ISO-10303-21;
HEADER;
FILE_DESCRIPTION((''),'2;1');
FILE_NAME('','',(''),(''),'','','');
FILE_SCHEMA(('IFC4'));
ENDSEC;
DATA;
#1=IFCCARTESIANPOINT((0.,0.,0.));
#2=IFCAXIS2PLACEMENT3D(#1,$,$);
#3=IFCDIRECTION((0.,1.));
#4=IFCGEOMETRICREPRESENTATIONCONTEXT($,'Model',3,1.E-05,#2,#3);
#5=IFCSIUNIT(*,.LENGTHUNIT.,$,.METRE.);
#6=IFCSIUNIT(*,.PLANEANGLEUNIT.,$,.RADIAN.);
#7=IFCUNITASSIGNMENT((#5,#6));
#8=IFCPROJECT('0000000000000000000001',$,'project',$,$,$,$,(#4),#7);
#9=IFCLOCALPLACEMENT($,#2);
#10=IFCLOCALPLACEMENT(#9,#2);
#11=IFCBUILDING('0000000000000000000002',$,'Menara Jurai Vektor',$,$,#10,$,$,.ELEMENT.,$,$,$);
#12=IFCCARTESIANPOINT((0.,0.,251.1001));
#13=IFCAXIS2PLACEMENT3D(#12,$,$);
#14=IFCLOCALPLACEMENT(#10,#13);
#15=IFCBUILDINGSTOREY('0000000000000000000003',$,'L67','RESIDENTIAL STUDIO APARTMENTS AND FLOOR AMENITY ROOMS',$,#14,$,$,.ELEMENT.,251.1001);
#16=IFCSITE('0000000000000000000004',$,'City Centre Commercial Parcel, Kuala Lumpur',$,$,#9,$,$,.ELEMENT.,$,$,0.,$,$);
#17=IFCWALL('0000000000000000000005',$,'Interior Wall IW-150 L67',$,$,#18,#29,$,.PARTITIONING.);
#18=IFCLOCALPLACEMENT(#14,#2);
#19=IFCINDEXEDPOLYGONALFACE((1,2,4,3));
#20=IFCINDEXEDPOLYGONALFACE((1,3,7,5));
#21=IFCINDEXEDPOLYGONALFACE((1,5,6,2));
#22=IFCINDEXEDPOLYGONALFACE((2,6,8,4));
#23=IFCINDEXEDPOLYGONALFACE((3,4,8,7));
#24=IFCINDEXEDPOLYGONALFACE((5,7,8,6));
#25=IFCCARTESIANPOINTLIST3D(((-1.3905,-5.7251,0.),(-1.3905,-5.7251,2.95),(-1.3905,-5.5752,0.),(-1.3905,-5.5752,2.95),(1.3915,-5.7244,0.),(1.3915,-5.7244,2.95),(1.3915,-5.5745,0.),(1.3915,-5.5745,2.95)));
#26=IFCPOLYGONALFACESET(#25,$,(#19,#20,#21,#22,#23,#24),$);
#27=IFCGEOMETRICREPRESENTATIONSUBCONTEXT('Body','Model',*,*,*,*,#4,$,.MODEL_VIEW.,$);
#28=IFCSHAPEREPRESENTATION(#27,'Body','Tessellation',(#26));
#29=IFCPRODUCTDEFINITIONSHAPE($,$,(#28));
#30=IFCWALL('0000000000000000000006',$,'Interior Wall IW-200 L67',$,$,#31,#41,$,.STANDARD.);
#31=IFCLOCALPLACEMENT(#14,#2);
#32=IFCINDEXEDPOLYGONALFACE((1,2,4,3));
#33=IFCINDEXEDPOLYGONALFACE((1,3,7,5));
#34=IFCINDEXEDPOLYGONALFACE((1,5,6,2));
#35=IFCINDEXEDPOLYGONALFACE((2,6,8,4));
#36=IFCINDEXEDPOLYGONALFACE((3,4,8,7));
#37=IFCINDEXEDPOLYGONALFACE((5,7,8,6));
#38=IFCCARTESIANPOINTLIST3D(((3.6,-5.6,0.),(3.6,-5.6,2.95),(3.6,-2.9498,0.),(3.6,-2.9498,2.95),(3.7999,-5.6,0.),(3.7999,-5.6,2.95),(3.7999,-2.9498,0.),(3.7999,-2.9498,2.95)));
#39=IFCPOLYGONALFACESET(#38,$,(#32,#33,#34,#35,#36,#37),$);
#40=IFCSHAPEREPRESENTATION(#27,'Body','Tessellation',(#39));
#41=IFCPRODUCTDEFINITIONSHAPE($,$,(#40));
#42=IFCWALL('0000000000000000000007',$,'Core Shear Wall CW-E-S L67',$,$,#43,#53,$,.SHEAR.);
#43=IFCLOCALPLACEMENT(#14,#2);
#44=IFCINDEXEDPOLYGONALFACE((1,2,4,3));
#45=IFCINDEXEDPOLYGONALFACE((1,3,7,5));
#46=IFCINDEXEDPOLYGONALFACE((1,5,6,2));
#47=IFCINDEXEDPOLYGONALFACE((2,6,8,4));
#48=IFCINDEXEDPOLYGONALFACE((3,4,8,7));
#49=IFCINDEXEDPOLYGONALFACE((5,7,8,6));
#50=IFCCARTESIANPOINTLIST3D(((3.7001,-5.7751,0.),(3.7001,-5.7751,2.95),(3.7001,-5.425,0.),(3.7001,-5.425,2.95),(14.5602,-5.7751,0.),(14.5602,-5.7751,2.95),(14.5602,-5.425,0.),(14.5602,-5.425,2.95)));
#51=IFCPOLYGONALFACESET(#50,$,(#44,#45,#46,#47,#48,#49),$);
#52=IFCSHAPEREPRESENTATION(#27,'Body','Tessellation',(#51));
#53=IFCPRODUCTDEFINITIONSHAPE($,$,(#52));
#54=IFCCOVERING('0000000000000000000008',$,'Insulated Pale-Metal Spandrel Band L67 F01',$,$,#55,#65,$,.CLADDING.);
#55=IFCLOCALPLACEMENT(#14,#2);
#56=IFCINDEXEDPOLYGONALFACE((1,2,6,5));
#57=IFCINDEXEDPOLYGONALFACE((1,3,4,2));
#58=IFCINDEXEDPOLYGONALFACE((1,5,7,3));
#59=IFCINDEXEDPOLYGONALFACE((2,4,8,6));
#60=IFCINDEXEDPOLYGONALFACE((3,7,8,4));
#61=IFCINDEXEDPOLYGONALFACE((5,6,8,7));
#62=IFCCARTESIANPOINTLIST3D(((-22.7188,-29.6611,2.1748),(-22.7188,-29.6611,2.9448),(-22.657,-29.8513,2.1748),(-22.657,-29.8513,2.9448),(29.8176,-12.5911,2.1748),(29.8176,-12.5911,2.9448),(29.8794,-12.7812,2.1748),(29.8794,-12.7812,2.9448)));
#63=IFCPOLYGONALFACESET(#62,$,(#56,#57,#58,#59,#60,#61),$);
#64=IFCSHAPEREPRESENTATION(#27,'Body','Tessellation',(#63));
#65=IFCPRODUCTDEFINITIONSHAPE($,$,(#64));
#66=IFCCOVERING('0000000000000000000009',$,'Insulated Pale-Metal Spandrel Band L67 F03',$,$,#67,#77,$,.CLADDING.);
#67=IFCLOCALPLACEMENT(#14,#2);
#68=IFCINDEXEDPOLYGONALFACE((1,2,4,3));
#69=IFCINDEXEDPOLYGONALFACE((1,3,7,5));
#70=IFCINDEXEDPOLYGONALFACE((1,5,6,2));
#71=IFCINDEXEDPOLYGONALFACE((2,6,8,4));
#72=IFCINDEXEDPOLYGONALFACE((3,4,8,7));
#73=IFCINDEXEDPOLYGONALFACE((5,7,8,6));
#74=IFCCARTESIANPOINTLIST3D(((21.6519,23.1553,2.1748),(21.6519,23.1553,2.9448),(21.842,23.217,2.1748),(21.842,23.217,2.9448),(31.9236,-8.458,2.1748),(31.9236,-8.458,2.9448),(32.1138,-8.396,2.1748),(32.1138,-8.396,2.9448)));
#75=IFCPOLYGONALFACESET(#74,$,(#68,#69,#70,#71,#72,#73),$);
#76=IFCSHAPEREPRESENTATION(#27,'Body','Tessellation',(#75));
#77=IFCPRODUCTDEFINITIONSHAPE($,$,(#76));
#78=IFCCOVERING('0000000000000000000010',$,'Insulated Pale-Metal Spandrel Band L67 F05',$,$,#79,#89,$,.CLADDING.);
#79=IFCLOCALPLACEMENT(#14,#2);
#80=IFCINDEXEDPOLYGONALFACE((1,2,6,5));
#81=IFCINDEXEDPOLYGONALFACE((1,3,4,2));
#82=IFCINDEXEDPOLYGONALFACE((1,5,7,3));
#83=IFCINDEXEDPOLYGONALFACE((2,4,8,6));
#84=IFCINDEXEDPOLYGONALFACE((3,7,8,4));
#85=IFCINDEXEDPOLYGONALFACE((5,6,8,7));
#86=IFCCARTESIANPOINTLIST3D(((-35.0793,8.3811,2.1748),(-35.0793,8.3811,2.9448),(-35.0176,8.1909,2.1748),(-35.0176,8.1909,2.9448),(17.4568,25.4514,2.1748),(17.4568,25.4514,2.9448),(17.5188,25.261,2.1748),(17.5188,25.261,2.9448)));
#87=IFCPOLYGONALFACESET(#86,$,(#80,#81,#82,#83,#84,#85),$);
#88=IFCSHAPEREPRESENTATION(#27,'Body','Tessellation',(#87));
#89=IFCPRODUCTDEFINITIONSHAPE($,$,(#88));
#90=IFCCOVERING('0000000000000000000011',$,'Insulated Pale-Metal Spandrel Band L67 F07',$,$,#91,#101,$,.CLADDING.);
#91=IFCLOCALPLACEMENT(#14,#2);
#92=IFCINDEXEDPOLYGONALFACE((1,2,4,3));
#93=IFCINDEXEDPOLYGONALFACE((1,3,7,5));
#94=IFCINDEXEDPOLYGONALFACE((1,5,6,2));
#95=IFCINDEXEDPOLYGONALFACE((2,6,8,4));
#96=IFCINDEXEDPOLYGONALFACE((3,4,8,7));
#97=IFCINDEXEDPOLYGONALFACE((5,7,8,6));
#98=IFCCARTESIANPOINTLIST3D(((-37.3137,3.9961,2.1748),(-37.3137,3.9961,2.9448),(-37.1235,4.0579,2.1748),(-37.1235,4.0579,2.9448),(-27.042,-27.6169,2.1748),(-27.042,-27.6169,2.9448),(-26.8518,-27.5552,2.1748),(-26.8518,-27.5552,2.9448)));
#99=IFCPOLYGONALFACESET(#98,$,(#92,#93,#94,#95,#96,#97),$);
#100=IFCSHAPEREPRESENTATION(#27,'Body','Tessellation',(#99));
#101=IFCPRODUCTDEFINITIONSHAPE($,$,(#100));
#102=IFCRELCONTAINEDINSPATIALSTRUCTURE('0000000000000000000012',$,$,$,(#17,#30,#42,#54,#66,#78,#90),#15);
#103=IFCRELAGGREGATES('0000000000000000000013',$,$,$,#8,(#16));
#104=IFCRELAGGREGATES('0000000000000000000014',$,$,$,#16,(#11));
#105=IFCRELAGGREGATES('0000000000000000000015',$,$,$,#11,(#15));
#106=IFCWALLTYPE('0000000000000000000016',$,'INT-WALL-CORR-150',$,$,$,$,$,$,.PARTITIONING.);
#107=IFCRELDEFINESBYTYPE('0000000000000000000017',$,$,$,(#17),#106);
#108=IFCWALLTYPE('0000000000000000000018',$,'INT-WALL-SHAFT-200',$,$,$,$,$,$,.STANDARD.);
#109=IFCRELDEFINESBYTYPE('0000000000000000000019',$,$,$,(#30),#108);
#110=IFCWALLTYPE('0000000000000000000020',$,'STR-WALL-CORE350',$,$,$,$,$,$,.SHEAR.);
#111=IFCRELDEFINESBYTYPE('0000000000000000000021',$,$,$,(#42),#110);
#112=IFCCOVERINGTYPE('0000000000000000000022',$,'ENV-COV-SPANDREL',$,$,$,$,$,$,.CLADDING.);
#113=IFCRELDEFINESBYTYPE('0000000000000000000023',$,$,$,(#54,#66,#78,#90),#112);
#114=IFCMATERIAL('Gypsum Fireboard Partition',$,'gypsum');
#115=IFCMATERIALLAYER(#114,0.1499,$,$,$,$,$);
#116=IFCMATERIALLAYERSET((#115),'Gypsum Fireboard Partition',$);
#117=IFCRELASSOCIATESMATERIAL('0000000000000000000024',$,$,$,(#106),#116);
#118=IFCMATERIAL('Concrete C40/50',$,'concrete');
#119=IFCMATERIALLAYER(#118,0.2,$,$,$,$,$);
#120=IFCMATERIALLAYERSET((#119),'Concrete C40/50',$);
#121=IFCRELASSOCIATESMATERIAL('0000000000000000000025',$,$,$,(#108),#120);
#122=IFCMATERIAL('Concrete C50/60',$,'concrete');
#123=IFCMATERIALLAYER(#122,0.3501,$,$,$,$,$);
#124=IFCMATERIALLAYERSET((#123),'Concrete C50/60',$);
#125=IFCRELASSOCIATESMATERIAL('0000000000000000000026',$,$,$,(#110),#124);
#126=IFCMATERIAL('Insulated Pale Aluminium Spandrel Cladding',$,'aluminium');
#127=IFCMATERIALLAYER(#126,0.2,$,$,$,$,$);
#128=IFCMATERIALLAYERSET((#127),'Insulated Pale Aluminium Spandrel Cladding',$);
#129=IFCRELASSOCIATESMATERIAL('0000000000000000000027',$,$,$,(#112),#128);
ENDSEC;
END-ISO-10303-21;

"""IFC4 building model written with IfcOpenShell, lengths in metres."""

from ifc_helpers import new_model, si_unit, direction, frame, frame_2d, origin, place, context, subcontext, project, spatial, polyline, rectangle, outline, extrude, material, layer, layer_set, type_object, element, save


model = new_model("IFC4")

# Units and contexts
model_context = context("Model", 3, precision=1e-05, world=origin(), true_north=direction((0.0, 1.0)))
body_context = subcontext(model_context, "Body", "Model", "MODEL_VIEW")
ifc_project = project(units=[si_unit("LENGTHUNIT", "METRE"), si_unit("PLANEANGLEUNIT", "RADIAN")], contexts=[model_context])

# Site, building, storey
site_placement = place(None, origin())
site = spatial("IfcSite", under=ifc_project, at=site_placement, Name="City Centre Commercial Parcel, Kuala Lumpur", CompositionType="ELEMENT", RefElevation=0.0)
building_placement = place(site_placement, origin())
building = spatial("IfcBuilding", under=site, at=building_placement, Name="Menara Jurai Vektor", CompositionType="ELEMENT")
storey_placement = place(building_placement, frame((0.0, 0.0, 251.1001)))
storey = spatial("IfcBuildingStorey", under=building, at=storey_placement, Name="L67", Description="RESIDENTIAL STUDIO APARTMENTS AND FLOOR AMENITY ROOMS", CompositionType="ELEMENT", Elevation=251.1001)

# Shared definitions
ifc_material_1 = material(Name="Concrete C50/60", Category="concrete")

# Shared definitions
ifc_material_2 = material(Name="Concrete C40/50", Category="concrete")

# Shared definitions
ifc_material_3 = material(Name="Gypsum Fireboard Partition", Category="gypsum")
ifc_layer_1 = layer(ifc_material_3, 0.1499)
ifc_layer_set_1 = layer_set([ifc_layer_1], Name="Gypsum Fireboard Partition")
wall_type_1 = type_object("IfcWallType", Name="INT-WALL-CORR-150", PredefinedType="PARTITIONING", material=ifc_layer_set_1)

# Walls
wall_1_placement = place(storey_placement, frame((-1.3906, -5.6501, 0.0), z_axis=(0.0, 0.0, 1.0), x_axis=(1.0, 0.000263, 0.0)))
element("IfcWall", 1, at=wall_1_placement, inside=storey, type_object=wall_type_1, Name="Interior Wall IW-150 L67", PredefinedType="PARTITIONING", context=body_context, shape_type="SweptSolid", body=[
    extrude(rectangle(XDim=2.782, YDim=0.1499, at=frame_2d((1.3911, 0.0))), origin(), (0.0, 0.0, 1.0), 2.95),
])
ifc_layer_2 = layer(ifc_material_2, 0.2)
ifc_layer_set_2 = layer_set([ifc_layer_2], Name="Concrete C40/50")
wall_type_2 = type_object("IfcWallType", Name="INT-WALL-SHAFT-200", PredefinedType="STANDARD", material=ifc_layer_set_2)
wall_2_placement = place(storey_placement, frame((3.7, -5.6001, 0.0), z_axis=(0.0, 0.0, 1.0), x_axis=(0.0, 1.0, 0.0)))
element("IfcWall", 2, at=wall_2_placement, inside=storey, type_object=wall_type_2, Name="Interior Wall IW-200 L67", PredefinedType="STANDARD", context=body_context, shape_type="SweptSolid", body=[
    extrude(rectangle(XDim=2.6501, YDim=0.2, at=frame_2d((1.3252, 0.0))), origin(), (0.0, 0.0, 1.0), 2.95),
])
ifc_layer_3 = layer(ifc_material_1, 0.3501)
ifc_layer_set_3 = layer_set([ifc_layer_3], Name="Concrete C50/60")
wall_type_3 = type_object("IfcWallType", Name="STR-WALL-CORE350", PredefinedType="SHEAR", material=ifc_layer_set_3)
wall_3_placement = place(storey_placement, frame((3.7, -5.6001, 0.0), z_axis=(0.0, 0.0, 1.0), x_axis=(1.0, 0.0, 0.0)))
element("IfcWall", 3, at=wall_3_placement, inside=storey, type_object=wall_type_3, Name="Core Shear Wall CW-E-S L67", PredefinedType="SHEAR", context=body_context, shape_type="SweptSolid", body=[
    extrude(rectangle(XDim=10.8601, YDim=0.3501, at=frame_2d((5.4302, 0.0))), origin(), (0.0, 0.0, 1.0), 2.95),
])

# Coverings
ifc_material_4 = material(Name="Insulated Pale Aluminium Spandrel Cladding", Category="aluminium")
ifc_layer_4 = layer(ifc_material_4, 0.2)
ifc_layer_set_4 = layer_set([ifc_layer_4], Name="Insulated Pale Aluminium Spandrel Cladding")
covering_type = type_object("IfcCoveringType", Name="ENV-COV-SPANDREL", PredefinedType="CLADDING", material=ifc_layer_set_4)
covering_1_placement = place(storey_placement, frame((0.0, 0.0, 2.1748)))
element("IfcCovering", 4, at=covering_1_placement, inside=storey, type_object=covering_type, Name="Insulated Pale-Metal Spandrel Band L67 F01", PredefinedType="CLADDING", context=body_context, shape_type="SweptSolid", body=[
    extrude(outline(polyline([(-22.7188, -29.6611), (-22.657, -29.8513), (29.8794, -12.7812), (29.8176, -12.5911), (-22.7188, -29.6611)])), origin(), (0.0, 0.0, 1.0), 0.77),
])
covering_2_placement = place(storey_placement, frame((0.0, 0.0, 2.1748)))
element("IfcCovering", 5, at=covering_2_placement, inside=storey, type_object=covering_type, Name="Insulated Pale-Metal Spandrel Band L67 F03", PredefinedType="CLADDING", context=body_context, shape_type="SweptSolid", body=[
    extrude(outline(polyline([(31.9236, -8.458), (32.1138, -8.396), (21.842, 23.217), (21.6519, 23.1553), (31.9236, -8.458)])), origin(), (0.0, 0.0, 1.0), 0.77),
])
covering_3_placement = place(storey_placement, frame((0.0, 0.0, 2.1748)))
element("IfcCovering", 6, at=covering_3_placement, inside=storey, type_object=covering_type, Name="Insulated Pale-Metal Spandrel Band L67 F05", PredefinedType="CLADDING", context=body_context, shape_type="SweptSolid", body=[
    extrude(outline(polyline([(17.5188, 25.261), (17.4568, 25.4514), (-35.0793, 8.3811), (-35.0176, 8.1909), (17.5188, 25.261)])), origin(), (0.0, 0.0, 1.0), 0.77),
])
covering_4_placement = place(storey_placement, frame((0.0, 0.0, 2.1748)))
element("IfcCovering", 7, at=covering_4_placement, inside=storey, type_object=covering_type, Name="Insulated Pale-Metal Spandrel Band L67 F07", PredefinedType="CLADDING", context=body_context, shape_type="SweptSolid", body=[
    extrude(outline(polyline([(-37.1235, 4.0579), (-37.3137, 3.9961), (-27.042, -27.6169), (-26.8518, -27.5552), (-37.1235, 4.0579)])), origin(), (0.0, 0.0, 1.0), 0.77),
])

save(model, "model.ifc")
